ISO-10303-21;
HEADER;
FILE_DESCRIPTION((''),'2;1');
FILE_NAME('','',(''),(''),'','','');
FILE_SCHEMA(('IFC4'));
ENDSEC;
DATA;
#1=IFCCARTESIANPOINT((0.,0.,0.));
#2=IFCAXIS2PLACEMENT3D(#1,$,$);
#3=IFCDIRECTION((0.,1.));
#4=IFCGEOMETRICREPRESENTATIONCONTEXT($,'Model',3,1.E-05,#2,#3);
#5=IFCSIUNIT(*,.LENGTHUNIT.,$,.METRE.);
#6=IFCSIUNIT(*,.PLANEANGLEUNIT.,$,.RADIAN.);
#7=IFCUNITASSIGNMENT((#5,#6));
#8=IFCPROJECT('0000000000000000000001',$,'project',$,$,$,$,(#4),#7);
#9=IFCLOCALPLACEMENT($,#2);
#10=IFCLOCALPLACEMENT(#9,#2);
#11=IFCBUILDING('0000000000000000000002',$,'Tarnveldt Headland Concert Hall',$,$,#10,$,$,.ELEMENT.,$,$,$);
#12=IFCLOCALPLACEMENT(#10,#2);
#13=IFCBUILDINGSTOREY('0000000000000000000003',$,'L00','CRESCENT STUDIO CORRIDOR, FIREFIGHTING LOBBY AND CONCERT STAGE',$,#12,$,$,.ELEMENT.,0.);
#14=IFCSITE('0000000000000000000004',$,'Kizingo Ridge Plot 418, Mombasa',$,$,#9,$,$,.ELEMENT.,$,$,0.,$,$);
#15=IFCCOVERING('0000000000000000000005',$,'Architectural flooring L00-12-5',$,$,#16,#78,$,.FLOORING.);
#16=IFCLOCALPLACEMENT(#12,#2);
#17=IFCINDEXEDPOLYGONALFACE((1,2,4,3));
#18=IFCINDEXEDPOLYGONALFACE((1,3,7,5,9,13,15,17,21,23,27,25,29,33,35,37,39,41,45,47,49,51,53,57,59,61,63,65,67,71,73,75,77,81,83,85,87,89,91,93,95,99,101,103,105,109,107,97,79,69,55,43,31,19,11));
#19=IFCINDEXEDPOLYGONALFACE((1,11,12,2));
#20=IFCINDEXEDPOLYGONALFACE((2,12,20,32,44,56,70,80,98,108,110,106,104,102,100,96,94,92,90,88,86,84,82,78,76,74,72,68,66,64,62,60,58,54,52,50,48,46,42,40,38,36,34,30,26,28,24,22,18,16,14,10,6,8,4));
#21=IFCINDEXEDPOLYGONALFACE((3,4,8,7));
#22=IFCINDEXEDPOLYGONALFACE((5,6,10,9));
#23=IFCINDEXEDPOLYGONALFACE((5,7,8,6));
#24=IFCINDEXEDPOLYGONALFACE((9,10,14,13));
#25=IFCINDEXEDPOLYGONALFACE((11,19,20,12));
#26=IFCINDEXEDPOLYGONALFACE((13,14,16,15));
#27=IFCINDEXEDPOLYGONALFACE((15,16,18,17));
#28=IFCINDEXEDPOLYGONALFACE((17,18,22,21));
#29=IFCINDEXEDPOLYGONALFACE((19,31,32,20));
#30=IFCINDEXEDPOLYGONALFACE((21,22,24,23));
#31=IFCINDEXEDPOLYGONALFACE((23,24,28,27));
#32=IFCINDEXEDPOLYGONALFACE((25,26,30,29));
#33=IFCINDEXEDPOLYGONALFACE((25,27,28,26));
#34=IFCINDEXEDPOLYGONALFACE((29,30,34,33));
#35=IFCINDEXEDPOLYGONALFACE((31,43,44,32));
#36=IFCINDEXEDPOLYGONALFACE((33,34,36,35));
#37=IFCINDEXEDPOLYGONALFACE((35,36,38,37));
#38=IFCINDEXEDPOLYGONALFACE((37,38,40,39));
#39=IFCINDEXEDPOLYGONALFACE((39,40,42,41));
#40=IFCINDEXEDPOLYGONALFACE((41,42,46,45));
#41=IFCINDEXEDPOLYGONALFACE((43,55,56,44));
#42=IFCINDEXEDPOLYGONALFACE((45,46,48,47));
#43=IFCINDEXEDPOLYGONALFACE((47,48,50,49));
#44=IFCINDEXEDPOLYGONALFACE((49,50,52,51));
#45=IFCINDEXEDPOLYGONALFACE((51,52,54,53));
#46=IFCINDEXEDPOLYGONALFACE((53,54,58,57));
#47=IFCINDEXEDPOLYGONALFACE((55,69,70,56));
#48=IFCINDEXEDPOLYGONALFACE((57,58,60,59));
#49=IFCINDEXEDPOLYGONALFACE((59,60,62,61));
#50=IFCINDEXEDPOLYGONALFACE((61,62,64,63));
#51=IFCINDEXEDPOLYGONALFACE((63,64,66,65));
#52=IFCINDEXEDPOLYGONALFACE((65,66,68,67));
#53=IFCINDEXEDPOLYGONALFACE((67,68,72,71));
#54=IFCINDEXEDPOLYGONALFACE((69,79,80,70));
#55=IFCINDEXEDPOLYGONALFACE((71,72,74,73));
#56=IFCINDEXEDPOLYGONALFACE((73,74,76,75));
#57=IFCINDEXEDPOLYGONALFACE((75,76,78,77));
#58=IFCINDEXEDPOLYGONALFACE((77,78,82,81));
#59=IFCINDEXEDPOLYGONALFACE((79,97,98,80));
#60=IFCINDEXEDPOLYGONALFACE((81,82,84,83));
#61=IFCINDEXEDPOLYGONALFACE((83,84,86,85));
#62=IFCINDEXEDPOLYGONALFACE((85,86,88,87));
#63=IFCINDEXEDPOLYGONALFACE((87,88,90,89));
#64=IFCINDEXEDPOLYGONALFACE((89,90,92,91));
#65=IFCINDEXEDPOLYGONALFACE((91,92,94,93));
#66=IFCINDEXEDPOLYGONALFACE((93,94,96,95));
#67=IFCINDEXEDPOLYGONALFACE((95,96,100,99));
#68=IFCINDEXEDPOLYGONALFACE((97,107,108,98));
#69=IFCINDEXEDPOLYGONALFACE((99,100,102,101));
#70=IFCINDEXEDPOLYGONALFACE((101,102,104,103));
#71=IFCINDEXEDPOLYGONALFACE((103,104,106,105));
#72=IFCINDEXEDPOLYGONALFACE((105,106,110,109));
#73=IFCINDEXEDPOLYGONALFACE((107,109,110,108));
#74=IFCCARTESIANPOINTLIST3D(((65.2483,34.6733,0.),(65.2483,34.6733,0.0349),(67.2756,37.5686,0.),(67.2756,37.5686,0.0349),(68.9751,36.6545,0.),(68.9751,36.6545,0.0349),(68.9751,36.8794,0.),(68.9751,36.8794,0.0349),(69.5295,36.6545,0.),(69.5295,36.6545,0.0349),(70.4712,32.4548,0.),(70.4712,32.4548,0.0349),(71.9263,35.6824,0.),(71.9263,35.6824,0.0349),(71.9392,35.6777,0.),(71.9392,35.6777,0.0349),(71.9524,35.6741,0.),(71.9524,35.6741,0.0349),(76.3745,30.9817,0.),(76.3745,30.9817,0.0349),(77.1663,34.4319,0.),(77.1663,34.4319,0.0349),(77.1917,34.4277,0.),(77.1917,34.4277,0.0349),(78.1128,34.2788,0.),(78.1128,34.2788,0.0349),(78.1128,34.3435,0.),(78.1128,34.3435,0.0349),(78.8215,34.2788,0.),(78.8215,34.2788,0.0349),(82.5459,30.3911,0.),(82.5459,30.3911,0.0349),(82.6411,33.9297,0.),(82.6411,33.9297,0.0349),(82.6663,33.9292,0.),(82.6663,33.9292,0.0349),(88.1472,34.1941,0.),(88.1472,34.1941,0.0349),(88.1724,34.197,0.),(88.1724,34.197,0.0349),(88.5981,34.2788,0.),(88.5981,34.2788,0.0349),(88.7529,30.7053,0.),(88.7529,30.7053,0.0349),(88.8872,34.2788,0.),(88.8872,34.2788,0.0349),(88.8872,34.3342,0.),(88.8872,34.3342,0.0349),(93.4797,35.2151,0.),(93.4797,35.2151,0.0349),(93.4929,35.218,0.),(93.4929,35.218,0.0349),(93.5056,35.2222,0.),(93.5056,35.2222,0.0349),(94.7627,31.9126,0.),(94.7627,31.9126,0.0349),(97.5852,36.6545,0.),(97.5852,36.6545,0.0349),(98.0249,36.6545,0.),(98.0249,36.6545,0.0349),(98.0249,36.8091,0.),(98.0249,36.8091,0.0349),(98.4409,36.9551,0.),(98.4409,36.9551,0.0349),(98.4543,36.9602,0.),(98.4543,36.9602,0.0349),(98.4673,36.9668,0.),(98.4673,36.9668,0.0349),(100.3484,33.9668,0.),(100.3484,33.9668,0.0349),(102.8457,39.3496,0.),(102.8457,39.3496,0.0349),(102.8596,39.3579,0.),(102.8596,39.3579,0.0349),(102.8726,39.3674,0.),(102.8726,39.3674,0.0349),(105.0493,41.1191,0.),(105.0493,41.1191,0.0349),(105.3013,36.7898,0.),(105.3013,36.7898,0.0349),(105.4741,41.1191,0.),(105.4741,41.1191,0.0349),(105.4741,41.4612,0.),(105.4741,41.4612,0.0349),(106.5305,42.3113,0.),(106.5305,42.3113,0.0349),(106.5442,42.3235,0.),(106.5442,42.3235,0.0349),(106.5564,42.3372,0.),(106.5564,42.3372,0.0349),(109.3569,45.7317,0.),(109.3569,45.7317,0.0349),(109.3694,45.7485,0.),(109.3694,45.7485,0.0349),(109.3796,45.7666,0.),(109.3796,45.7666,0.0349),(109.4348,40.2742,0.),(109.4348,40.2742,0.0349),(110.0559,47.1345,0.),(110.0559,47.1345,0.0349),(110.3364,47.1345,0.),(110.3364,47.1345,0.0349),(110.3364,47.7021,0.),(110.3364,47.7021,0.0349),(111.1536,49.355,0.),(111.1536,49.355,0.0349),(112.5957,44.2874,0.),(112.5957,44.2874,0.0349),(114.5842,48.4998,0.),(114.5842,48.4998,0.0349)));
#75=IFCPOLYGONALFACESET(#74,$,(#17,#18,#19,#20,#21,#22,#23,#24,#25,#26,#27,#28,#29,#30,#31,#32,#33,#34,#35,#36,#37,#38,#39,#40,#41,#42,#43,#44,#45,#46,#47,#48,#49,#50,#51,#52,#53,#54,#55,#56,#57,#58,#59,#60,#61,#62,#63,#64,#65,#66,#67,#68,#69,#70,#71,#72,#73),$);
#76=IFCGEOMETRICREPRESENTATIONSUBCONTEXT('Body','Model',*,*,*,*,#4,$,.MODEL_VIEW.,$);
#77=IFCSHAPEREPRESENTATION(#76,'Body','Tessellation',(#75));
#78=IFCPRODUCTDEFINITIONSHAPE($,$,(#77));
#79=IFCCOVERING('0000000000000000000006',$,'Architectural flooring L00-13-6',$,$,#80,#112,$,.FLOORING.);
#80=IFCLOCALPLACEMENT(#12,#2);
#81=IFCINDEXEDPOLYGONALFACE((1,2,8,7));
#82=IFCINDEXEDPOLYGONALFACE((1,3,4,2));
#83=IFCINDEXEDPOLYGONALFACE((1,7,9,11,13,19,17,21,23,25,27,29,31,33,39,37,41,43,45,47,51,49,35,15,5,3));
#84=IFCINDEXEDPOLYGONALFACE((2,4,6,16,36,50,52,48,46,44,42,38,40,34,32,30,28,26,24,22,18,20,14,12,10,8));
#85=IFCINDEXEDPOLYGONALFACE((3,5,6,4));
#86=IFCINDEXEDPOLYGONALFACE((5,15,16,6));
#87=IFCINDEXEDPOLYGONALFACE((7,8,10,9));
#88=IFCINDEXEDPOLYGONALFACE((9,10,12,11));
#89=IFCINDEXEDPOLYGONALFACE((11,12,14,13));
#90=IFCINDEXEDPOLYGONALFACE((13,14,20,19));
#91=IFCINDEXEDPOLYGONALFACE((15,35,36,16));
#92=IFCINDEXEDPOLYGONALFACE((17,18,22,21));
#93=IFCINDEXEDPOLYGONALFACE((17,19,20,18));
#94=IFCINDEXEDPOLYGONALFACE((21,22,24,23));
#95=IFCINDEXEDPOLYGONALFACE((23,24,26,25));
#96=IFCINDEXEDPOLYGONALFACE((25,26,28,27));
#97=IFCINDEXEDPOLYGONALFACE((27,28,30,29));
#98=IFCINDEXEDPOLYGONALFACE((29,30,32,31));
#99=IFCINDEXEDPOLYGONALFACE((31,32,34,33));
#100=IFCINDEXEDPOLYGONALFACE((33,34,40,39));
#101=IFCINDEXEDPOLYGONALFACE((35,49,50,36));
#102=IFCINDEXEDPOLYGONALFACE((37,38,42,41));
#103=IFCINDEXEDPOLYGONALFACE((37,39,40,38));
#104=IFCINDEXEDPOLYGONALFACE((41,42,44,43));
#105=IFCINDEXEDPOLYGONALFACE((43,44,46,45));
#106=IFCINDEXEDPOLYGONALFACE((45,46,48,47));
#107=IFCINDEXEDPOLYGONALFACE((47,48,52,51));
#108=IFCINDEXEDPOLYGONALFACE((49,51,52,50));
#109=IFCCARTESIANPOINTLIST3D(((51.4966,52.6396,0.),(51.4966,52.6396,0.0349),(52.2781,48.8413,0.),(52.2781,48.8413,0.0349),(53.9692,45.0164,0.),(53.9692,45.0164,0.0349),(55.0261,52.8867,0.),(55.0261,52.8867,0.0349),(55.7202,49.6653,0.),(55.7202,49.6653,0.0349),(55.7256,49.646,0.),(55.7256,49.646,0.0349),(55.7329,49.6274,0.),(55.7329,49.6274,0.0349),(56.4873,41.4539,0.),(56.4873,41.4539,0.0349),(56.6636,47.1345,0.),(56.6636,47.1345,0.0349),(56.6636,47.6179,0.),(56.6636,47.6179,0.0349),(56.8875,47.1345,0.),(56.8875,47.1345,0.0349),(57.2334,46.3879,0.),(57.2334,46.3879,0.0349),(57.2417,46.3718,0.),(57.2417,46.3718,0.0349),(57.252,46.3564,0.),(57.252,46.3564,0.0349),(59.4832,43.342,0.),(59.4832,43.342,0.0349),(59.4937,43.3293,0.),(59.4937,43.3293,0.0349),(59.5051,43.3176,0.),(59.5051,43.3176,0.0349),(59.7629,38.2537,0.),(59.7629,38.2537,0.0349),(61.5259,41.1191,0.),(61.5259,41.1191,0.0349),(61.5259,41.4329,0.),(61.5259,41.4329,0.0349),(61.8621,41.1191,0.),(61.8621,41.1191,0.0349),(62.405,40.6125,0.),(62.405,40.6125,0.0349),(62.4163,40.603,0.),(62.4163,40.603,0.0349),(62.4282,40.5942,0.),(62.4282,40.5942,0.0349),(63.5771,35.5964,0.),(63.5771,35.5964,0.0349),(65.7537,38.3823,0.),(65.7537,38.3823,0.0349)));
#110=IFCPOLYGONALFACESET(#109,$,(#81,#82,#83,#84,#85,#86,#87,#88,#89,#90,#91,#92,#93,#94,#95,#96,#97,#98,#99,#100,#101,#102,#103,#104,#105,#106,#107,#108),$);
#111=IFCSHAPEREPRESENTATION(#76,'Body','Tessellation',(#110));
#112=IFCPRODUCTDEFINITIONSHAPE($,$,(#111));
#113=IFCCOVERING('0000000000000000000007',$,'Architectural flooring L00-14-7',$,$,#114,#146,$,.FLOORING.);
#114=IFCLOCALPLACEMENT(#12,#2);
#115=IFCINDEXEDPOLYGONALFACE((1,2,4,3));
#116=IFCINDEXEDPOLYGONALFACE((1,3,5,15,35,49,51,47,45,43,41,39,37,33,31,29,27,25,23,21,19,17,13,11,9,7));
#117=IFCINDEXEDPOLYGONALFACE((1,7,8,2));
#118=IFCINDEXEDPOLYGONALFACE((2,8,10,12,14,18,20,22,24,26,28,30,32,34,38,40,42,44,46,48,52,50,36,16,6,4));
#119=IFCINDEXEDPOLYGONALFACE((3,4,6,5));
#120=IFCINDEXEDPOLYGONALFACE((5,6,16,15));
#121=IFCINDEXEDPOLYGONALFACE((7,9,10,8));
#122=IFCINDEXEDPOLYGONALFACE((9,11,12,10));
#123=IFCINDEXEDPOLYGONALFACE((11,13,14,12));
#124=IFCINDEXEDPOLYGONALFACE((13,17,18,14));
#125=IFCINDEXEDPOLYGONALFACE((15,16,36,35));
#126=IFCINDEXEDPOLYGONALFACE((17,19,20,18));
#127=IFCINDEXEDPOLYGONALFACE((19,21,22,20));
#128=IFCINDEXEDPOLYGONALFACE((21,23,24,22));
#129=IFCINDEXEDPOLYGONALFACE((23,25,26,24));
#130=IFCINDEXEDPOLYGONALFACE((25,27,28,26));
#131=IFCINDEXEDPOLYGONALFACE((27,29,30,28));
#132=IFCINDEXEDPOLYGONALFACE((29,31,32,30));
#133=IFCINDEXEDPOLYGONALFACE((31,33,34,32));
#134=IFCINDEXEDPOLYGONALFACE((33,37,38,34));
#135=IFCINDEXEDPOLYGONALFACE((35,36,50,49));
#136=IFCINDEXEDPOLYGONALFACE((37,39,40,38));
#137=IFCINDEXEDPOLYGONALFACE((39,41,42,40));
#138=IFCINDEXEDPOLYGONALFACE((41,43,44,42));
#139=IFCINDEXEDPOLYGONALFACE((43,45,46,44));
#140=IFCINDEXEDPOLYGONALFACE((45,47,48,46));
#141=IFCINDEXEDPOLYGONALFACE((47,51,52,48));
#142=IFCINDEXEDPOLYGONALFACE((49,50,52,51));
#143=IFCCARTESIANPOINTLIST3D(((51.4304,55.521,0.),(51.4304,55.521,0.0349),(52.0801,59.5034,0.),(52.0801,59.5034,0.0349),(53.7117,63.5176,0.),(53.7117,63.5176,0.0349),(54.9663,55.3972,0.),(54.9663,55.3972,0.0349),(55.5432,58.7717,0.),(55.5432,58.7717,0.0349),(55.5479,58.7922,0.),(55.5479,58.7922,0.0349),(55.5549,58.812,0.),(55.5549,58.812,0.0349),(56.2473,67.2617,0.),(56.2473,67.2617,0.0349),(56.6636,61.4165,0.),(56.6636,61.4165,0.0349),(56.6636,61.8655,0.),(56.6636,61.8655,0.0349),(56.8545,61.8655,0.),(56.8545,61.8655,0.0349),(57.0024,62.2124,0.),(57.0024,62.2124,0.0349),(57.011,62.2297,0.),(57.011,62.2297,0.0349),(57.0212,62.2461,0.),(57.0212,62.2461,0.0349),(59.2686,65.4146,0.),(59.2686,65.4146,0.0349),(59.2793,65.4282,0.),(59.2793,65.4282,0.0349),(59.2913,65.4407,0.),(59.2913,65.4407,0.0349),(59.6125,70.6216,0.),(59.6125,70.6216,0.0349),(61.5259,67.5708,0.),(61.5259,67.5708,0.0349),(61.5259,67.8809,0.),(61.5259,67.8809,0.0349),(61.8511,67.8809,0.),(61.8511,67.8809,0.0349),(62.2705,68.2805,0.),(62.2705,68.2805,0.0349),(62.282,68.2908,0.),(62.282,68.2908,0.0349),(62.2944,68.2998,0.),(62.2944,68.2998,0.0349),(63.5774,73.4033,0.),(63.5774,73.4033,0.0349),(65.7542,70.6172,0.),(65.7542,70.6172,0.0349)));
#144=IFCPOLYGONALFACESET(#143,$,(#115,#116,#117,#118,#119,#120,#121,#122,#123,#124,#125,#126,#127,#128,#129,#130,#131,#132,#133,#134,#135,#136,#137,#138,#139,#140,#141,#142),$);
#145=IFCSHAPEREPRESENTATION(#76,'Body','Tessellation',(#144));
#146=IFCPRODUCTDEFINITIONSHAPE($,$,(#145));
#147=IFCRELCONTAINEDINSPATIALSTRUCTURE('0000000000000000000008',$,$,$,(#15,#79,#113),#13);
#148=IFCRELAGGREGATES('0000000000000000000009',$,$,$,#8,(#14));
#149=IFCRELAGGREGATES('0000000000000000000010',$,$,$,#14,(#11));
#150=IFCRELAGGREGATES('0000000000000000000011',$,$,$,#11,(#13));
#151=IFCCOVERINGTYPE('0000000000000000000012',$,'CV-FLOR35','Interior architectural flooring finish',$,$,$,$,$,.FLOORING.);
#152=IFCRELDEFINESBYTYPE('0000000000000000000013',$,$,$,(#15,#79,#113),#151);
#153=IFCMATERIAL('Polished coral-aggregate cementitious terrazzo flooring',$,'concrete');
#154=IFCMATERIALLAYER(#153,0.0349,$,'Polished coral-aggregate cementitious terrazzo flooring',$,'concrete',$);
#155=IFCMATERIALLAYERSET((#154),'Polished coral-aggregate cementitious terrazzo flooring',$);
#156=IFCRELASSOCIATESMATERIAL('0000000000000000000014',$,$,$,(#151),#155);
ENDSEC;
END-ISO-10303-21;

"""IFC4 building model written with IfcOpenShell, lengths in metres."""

from ifc_helpers import new_model, si_unit, direction, origin, place, context, subcontext, project, spatial, polyline, outline, extrude, material, layer, layer_set, type_object, element, save


model = new_model("IFC4")

# Units and contexts
model_context = context("Model", 3, precision=1e-05, world=origin(), true_north=direction((0.0, 1.0)))
body_context = subcontext(model_context, "Body", "Model", "MODEL_VIEW")
ifc_project = project(units=[si_unit("LENGTHUNIT", "METRE"), si_unit("PLANEANGLEUNIT", "RADIAN")], contexts=[model_context])

# Site, building, storey
site_placement = place(None, origin())
site = spatial("IfcSite", under=ifc_project, at=site_placement, Name="Kizingo Ridge Plot 418, Mombasa", CompositionType="ELEMENT", RefElevation=0.0)
building_placement = place(site_placement, origin())
building = spatial("IfcBuilding", under=site, at=building_placement, Name="Tarnveldt Headland Concert Hall", CompositionType="ELEMENT")
storey_placement = place(building_placement, origin())
storey = spatial("IfcBuildingStorey", under=building, at=storey_placement, Name="L00", Description="CRESCENT STUDIO CORRIDOR, FIREFIGHTING LOBBY AND CONCERT STAGE", CompositionType="ELEMENT", Elevation=0.0)

# Coverings
ifc_material_1 = material(Name="Polished coral-aggregate cementitious terrazzo flooring", Category="concrete")
ifc_layer_1 = layer(ifc_material_1, 0.0349, Name="Polished coral-aggregate cementitious terrazzo flooring", Category="concrete")
ifc_layer_set_1 = layer_set([ifc_layer_1], Name="Polished coral-aggregate cementitious terrazzo flooring")
covering_type_1 = type_object("IfcCoveringType", Name="CV-FLOR35", Description="Interior architectural flooring finish", PredefinedType="FLOORING", material=ifc_layer_set_1)
covering_1_placement = place(storey_placement, origin())
element("IfcCovering", 1, at=covering_1_placement, inside=storey, type_object=covering_type_1, Name="Architectural flooring L00-12-5", PredefinedType="FLOORING", context=body_context, shape_type="SweptSolid", body=[
    extrude(outline(polyline([(71.9524, 35.6741), (77.1663, 34.4319), (77.1917, 34.4277), (78.1128, 34.3435), (78.1128, 34.2788), (78.8215, 34.2788), (82.6411, 33.9297), (82.6663, 33.9292), (88.1472, 34.1941), (88.1724, 34.197), (88.5981, 34.2788), (88.8872, 34.2788), (88.8872, 34.3342), (93.4797, 35.2151), (93.4929, 35.218), (93.5056, 35.2222), (97.5852, 36.6545), (98.0249, 36.6545), (98.0249, 36.8091), (98.4409, 36.9551), (98.4543, 36.9602), (98.4673, 36.9668), (102.8457, 39.3496), (102.8596, 39.3579), (102.8726, 39.3674), (105.0493, 41.1191), (105.4741, 41.1191), (105.4741, 41.4612), (106.5305, 42.3113), (106.5442, 42.3235), (106.5564, 42.3372), (109.3569, 45.7317), (109.3694, 45.7485), (109.3796, 45.7666), (110.0559, 47.1345), (110.3364, 47.1345), (110.3364, 47.7021), (111.1536, 49.355), (114.5842, 48.4998), (112.5957, 44.2874), (109.4348, 40.2742), (105.3013, 36.7898), (100.3484, 33.9668), (94.7627, 31.9126), (88.7529, 30.7053), (82.5459, 30.3911), (76.3745, 30.9817), (70.4712, 32.4548), (65.2483, 34.6733), (67.2756, 37.5686), (68.9751, 36.8794), (68.9751, 36.6545), (69.5295, 36.6545), (71.9263, 35.6824), (71.9392, 35.6777), (71.9524, 35.6741)])), origin(), (0.0, 0.0, 1.0), 0.0349),
])
covering_2_placement = place(storey_placement, origin())
element("IfcCovering", 2, at=covering_2_placement, inside=storey, type_object=covering_type_1, Name="Architectural flooring L00-13-6", PredefinedType="FLOORING", context=body_context, shape_type="SweptSolid", body=[
    extrude(outline(polyline([(55.7256, 49.646), (55.7329, 49.6274), (56.6636, 47.6179), (56.6636, 47.1345), (56.8875, 47.1345), (57.2334, 46.3879), (57.2417, 46.3718), (57.252, 46.3564), (59.4832, 43.342), (59.4937, 43.3293), (59.5051, 43.3176), (61.5259, 41.4329), (61.5259, 41.1191), (61.8621, 41.1191), (62.405, 40.6125), (62.4163, 40.603), (62.4282, 40.5942), (65.7537, 38.3823), (63.5771, 35.5964), (59.7629, 38.2537), (56.4873, 41.4539), (53.9692, 45.0164), (52.2781, 48.8413), (51.4966, 52.6396), (55.0261, 52.8867), (55.7202, 49.6653), (55.7256, 49.646)])), origin(), (0.0, 0.0, 1.0), 0.0349),
])
covering_3_placement = place(storey_placement, origin())
element("IfcCovering", 3, at=covering_3_placement, inside=storey, type_object=covering_type_1, Name="Architectural flooring L00-14-7", PredefinedType="FLOORING", context=body_context, shape_type="SweptSolid", body=[
    extrude(outline(polyline([(62.282, 68.2908), (62.2705, 68.2805), (61.8511, 67.8809), (61.5259, 67.8809), (61.5259, 67.5708), (59.2913, 65.4407), (59.2793, 65.4282), (59.2686, 65.4146), (57.0212, 62.2461), (57.011, 62.2297), (57.0024, 62.2124), (56.8545, 61.8655), (56.6636, 61.8655), (56.6636, 61.4165), (55.5549, 58.812), (55.5479, 58.7922), (55.5432, 58.7717), (54.9663, 55.3972), (51.4304, 55.521), (52.0801, 59.5034), (53.7117, 63.5176), (56.2473, 67.2617), (59.6125, 70.6216), (63.5774, 73.4033), (65.7542, 70.6172), (62.2944, 68.2998), (62.282, 68.2908)])), origin(), (0.0, 0.0, 1.0), 0.0349),
])

save(model, "model.ifc")
